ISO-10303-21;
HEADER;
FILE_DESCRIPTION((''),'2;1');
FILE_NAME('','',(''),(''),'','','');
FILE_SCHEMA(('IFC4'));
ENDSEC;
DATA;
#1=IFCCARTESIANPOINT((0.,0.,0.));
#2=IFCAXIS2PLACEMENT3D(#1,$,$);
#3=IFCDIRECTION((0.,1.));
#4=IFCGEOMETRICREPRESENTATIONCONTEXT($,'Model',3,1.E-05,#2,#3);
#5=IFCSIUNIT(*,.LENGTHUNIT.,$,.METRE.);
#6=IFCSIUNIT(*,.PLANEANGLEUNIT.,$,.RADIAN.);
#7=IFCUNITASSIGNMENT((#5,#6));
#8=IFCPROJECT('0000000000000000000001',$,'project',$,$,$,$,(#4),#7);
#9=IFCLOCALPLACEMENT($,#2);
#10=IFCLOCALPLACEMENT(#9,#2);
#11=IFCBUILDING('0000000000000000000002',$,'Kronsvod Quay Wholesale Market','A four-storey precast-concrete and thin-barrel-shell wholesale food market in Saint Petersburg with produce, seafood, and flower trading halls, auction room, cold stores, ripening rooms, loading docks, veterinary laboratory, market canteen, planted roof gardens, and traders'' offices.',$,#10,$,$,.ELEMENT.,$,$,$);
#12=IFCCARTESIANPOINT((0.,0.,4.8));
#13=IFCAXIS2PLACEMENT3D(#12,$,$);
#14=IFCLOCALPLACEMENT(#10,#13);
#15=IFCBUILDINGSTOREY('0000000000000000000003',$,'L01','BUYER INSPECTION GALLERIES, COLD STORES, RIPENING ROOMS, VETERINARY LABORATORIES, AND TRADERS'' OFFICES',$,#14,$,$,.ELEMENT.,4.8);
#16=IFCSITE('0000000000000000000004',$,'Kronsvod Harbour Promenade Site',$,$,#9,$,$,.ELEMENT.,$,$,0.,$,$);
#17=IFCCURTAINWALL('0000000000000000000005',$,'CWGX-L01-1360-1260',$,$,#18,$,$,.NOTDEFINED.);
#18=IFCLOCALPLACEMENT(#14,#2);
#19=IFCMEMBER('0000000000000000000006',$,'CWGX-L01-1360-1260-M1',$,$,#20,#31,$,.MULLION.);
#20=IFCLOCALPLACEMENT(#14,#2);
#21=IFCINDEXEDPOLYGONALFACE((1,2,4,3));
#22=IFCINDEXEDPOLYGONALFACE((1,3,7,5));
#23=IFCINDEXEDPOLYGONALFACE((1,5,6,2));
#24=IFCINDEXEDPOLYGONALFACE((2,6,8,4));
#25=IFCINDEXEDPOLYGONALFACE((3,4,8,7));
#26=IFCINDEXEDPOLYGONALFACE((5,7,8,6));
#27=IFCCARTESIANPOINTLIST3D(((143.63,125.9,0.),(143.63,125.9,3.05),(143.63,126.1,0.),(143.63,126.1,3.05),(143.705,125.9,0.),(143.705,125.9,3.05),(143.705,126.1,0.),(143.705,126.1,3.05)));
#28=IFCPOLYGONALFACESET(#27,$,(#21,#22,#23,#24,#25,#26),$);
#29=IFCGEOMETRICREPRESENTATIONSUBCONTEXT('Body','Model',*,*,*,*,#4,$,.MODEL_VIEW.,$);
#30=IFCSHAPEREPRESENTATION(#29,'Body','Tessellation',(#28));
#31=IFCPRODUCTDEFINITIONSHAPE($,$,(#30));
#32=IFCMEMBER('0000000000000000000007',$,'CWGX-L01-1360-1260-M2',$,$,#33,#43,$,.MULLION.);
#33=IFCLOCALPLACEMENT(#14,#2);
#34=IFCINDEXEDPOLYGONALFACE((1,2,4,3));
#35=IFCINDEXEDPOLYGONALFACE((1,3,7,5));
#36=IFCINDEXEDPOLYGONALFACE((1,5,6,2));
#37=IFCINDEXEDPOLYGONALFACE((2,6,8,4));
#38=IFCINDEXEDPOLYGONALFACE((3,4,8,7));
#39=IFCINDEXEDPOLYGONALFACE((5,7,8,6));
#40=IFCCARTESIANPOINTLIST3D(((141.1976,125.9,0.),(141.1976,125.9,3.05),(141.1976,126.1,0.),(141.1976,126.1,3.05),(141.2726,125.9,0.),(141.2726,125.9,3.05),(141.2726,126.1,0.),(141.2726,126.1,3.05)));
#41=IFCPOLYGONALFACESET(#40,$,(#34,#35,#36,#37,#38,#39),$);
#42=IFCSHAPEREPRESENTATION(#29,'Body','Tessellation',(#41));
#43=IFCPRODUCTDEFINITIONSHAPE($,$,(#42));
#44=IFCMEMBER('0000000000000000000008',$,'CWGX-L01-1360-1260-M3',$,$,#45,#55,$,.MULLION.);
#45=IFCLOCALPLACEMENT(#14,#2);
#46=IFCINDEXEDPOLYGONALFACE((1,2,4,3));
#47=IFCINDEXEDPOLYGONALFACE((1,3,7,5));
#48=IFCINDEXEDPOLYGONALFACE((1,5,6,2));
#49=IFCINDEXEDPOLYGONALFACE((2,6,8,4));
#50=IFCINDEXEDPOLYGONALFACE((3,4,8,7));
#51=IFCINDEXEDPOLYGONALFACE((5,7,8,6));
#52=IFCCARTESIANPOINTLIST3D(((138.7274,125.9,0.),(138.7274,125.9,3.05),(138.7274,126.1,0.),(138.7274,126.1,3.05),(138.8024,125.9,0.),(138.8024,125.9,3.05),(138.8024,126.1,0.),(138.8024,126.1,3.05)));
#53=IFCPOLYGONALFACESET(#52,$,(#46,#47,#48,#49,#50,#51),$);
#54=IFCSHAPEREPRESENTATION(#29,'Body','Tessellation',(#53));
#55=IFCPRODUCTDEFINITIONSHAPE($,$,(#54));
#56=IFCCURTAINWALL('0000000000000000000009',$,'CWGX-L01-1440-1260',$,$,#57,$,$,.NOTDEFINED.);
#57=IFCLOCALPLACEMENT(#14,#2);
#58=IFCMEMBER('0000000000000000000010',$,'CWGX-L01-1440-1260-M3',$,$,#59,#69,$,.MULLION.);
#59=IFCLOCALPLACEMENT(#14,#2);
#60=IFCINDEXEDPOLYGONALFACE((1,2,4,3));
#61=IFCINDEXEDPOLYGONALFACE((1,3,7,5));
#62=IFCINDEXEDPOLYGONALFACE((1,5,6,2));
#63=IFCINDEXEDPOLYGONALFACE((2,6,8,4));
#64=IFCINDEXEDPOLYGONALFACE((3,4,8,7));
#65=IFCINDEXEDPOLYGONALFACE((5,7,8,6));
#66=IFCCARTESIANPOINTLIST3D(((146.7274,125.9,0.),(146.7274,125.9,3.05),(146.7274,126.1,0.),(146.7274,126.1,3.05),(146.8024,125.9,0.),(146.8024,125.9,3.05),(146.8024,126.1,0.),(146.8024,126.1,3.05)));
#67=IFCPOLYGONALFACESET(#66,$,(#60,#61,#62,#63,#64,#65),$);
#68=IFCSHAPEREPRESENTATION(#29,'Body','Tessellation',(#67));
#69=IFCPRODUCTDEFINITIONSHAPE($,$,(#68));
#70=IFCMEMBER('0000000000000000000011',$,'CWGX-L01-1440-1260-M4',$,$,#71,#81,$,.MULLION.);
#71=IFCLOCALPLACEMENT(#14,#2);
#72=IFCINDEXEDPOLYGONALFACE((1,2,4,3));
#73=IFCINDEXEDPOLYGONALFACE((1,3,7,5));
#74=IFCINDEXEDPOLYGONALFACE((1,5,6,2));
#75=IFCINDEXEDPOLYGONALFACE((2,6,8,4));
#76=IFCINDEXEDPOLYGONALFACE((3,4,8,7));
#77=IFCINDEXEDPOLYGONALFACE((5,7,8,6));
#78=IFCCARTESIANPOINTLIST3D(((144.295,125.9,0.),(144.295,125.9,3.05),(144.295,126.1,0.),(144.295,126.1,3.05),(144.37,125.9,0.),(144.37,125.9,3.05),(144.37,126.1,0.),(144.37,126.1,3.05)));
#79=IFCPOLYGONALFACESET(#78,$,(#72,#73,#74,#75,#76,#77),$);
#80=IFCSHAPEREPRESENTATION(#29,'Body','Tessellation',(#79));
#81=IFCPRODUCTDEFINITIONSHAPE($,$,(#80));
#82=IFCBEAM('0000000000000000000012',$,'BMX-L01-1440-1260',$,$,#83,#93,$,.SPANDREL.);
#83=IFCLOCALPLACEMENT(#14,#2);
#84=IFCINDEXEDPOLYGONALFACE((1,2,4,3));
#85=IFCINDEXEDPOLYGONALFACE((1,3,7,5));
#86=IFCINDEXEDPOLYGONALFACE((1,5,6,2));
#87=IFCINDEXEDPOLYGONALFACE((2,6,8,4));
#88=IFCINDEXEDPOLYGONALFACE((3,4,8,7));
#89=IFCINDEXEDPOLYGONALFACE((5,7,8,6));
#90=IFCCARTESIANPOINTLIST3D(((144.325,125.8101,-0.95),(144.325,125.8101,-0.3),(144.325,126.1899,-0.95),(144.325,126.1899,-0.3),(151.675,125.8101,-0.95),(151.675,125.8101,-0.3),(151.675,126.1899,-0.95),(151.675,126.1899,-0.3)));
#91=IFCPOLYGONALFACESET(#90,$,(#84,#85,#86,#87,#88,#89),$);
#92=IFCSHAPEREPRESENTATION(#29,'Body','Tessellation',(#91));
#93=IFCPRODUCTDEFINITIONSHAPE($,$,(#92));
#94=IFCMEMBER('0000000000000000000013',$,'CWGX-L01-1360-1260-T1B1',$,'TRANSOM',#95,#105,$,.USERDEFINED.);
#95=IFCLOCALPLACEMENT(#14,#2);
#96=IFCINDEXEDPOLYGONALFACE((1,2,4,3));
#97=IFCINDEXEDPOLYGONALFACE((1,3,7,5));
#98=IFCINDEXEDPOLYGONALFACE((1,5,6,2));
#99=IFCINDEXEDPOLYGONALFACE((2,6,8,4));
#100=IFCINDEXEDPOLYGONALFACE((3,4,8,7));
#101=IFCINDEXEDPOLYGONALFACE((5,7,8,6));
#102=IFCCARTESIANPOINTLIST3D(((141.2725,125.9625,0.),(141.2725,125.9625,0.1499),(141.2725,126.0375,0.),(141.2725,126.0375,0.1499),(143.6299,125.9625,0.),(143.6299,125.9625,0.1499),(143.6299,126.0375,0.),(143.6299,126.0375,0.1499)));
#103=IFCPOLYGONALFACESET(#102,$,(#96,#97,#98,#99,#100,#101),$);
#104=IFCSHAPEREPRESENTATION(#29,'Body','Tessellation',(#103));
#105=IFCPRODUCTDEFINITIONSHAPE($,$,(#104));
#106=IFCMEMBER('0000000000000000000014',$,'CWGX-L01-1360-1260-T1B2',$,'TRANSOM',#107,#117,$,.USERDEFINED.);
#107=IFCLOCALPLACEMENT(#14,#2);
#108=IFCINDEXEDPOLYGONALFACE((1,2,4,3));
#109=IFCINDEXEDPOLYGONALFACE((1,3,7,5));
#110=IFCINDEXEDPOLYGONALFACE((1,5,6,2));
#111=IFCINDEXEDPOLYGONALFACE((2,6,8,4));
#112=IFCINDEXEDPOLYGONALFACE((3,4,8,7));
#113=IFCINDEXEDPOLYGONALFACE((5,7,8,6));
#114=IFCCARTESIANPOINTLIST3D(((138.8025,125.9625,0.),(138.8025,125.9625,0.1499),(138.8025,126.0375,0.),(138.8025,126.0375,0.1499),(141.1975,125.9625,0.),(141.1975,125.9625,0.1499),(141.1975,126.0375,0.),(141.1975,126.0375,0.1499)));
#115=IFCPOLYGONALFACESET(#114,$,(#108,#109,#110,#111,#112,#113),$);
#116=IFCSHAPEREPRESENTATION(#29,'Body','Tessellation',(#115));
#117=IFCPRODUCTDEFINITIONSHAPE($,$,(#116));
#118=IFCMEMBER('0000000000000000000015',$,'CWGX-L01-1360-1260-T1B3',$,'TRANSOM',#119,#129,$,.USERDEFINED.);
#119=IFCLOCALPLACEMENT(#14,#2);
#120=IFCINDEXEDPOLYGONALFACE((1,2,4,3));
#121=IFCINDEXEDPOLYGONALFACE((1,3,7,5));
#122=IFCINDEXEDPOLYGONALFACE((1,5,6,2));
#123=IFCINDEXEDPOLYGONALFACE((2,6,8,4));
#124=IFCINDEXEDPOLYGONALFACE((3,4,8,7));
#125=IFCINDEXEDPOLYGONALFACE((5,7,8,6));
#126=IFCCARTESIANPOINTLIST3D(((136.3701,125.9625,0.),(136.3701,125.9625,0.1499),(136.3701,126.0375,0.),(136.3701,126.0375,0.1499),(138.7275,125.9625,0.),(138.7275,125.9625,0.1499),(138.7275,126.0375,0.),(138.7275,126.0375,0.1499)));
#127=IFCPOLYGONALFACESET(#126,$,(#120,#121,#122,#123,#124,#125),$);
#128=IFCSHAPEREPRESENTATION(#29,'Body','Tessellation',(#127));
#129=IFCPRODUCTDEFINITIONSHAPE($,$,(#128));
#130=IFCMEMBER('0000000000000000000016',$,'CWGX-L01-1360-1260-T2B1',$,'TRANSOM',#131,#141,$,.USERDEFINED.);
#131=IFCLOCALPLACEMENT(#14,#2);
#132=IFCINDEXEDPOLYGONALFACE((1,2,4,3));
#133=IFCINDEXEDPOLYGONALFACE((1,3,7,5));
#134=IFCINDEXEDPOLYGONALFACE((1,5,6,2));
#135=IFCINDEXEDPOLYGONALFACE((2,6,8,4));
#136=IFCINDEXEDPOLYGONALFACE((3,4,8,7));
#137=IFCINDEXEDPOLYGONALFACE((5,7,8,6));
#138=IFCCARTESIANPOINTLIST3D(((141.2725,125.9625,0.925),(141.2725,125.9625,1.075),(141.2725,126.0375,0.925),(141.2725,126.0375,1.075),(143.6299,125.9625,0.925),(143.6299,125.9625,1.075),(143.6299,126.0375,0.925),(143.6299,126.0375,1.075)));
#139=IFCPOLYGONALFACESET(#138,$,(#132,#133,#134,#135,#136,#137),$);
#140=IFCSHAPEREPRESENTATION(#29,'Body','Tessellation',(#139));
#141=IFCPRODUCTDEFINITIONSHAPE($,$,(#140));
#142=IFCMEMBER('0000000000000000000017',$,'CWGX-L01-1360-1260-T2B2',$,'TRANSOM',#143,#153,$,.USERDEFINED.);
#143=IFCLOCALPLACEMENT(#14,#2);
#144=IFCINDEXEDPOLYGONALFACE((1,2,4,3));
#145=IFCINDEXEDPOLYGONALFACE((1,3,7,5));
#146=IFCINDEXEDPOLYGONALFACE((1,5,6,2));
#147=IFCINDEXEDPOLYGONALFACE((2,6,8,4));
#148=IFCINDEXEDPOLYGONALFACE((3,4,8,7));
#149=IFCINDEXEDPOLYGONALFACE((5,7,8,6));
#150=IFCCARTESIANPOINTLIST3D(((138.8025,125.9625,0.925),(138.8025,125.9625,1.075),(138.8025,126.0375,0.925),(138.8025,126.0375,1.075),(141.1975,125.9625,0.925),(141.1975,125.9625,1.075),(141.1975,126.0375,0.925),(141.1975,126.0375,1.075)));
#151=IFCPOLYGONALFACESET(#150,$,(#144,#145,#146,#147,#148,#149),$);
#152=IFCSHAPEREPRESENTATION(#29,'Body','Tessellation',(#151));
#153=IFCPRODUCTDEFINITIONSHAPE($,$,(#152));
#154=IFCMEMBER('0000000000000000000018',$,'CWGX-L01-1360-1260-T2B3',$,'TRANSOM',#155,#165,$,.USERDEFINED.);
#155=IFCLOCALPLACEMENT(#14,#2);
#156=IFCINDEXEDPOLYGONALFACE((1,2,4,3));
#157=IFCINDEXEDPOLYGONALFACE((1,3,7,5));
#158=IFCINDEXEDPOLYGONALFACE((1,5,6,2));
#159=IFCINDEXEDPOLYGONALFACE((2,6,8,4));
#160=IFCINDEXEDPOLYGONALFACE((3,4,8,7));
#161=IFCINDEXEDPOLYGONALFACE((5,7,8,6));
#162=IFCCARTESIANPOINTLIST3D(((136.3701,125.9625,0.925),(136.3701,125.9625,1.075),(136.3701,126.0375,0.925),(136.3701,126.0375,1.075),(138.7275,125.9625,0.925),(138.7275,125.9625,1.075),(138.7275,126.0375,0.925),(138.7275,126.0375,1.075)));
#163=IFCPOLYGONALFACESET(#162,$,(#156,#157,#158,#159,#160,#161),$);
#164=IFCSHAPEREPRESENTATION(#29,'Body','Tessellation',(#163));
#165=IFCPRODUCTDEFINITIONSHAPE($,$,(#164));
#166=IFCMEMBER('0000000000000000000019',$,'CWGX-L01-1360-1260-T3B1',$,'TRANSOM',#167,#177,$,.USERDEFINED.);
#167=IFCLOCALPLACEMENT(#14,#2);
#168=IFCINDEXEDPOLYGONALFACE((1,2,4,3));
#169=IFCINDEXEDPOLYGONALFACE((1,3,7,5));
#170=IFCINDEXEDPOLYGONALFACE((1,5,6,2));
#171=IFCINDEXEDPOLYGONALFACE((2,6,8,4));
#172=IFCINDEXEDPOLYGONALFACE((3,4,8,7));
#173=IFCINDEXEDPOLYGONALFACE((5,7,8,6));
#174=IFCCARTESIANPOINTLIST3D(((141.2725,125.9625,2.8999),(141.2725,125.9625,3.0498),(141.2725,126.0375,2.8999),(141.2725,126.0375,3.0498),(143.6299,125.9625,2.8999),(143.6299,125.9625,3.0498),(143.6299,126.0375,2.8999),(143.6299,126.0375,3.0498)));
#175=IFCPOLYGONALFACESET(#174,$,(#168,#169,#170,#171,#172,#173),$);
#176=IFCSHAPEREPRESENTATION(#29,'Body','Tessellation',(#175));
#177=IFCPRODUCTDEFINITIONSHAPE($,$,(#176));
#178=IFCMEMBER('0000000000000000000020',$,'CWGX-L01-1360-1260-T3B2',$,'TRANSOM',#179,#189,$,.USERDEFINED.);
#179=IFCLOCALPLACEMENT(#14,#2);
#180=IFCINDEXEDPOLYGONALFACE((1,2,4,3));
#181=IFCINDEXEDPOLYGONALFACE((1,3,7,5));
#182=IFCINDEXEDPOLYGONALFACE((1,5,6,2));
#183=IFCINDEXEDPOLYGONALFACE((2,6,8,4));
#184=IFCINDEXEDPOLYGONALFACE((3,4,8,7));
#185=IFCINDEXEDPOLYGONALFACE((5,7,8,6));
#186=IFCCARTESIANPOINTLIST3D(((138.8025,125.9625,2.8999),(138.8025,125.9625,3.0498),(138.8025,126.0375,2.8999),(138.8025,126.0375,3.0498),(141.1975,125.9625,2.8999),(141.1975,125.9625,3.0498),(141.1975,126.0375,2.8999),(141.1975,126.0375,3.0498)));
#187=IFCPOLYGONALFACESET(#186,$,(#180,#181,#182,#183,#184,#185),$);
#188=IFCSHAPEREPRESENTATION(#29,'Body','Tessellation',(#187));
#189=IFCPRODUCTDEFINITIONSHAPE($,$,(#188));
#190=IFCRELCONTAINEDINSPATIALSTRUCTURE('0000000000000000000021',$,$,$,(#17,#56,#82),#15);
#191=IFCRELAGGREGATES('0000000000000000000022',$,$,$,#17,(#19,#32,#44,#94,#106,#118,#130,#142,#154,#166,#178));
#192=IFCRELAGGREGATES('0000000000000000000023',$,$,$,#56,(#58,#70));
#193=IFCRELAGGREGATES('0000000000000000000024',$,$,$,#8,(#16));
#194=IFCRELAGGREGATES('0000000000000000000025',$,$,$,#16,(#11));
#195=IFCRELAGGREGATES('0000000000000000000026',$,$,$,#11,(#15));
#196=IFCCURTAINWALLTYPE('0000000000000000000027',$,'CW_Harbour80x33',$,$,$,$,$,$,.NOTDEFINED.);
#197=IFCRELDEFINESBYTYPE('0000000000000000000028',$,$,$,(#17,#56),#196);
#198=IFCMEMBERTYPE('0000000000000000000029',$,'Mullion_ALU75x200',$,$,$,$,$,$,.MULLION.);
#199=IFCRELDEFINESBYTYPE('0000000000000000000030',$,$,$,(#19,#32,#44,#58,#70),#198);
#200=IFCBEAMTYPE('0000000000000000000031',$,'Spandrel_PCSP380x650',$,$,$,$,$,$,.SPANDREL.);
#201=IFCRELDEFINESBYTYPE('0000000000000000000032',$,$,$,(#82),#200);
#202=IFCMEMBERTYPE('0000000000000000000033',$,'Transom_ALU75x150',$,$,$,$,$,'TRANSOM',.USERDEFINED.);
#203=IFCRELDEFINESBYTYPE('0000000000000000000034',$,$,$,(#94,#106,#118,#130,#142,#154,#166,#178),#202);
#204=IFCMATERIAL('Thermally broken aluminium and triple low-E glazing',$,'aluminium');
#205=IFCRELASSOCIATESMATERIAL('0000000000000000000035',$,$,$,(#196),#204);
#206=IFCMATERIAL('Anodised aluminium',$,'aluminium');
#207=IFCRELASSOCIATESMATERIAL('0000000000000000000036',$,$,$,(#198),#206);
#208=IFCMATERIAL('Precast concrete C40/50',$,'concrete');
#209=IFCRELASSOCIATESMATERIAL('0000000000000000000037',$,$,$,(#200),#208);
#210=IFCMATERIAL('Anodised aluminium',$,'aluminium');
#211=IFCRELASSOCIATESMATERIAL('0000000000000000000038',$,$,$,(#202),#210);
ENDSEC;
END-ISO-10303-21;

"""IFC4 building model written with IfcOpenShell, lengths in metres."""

from ifc_helpers import new_model, si_unit, direction, frame, origin, origin_2d, place, context, subcontext, project, spatial, rectangle, extrude, material, material_profile, profile_set, type_object, element, aggregate, save


model = new_model("IFC4")

# Units and contexts
model_context = context("Model", 3, precision=1e-05, world=origin(), true_north=direction((0.0, 1.0)))
body_context = subcontext(model_context, "Body", "Model", "MODEL_VIEW")
ifc_project = project(units=[si_unit("LENGTHUNIT", "METRE"), si_unit("PLANEANGLEUNIT", "RADIAN")], contexts=[model_context])

# Site, building, storey
site_placement = place(None, origin())
site = spatial("IfcSite", under=ifc_project, at=site_placement, Name="Kronsvod Harbour Promenade Site", CompositionType="ELEMENT", RefElevation=0.0)
building_placement = place(site_placement, origin())
building = spatial("IfcBuilding", under=site, at=building_placement, Name="Kronsvod Quay Wholesale Market", Description="A four-storey precast-concrete and thin-barrel-shell wholesale food market in Saint Petersburg with produce, seafood, and flower trading halls, auction room, cold stores, ripening rooms, loading docks, veterinary laboratory, market canteen, planted roof gardens, and traders' offices.", CompositionType="ELEMENT")
storey_placement = place(building_placement, frame((0.0, 0.0, 4.8)))
storey = spatial("IfcBuildingStorey", under=building, at=storey_placement, Name="L01", Description="BUYER INSPECTION GALLERIES, COLD STORES, RIPENING ROOMS, VETERINARY LABORATORIES, AND TRADERS' OFFICES", CompositionType="ELEMENT", Elevation=4.8)

# Curtain walls, members
ifc_material_1 = material(Name="Thermally broken aluminium and triple low-E glazing", Category="aluminium")
curtain_wall_type = type_object("IfcCurtainWallType", Name="CW_Harbour80x33", PredefinedType="NOTDEFINED", material=ifc_material_1)
curtain_wall_1_placement = place(storey_placement, origin())
curtain_wall_1 = element("IfcCurtainWall", 1, at=curtain_wall_1_placement, inside=storey, type_object=curtain_wall_type, Name="CWGX-L01-1360-1260", PredefinedType="NOTDEFINED")
ifc_material_2 = material(Name="Anodised aluminium", Category="aluminium")
ifc_material_profile_1 = material_profile(ifc_material_2, rectangle(XDim=0.075, YDim=0.2, at=origin_2d()), Name="ALUM75x200")
ifc_profile_set_1 = profile_set([ifc_material_profile_1], Name="Anodised aluminium")
member_type_1 = type_object("IfcMemberType", Name="Mullion_ALU75x200", PredefinedType="MULLION", material=ifc_profile_set_1)
member_1_placement = place(storey_placement, frame((143.6675, 126.0, 0.0), z_axis=(0.0, 0.0, 1.0), x_axis=(1.0, 0.0, 0.0)))
member_1 = element("IfcMember", 2, at=member_1_placement, type_object=member_type_1, Name="CWGX-L01-1360-1260-M1", PredefinedType="MULLION", context=body_context, shape_type="SweptSolid", body=[
    extrude(rectangle(XDim=0.075, YDim=0.2, at=origin_2d()), origin(), (0.0, 0.0, 1.0), 3.05),
])
member_2_placement = place(storey_placement, frame((141.2351, 126.0, 0.0), z_axis=(0.0, 0.0, 1.0), x_axis=(1.0, 0.0, 0.0)))
member_2 = element("IfcMember", 3, at=member_2_placement, type_object=member_type_1, Name="CWGX-L01-1360-1260-M2", PredefinedType="MULLION", context=body_context, shape_type="SweptSolid", body=[
    extrude(rectangle(XDim=0.075, YDim=0.2, at=origin_2d()), origin(), (0.0, 0.0, 1.0), 3.05),
])
member_3_placement = place(storey_placement, frame((138.7649, 126.0, 0.0), z_axis=(0.0, 0.0, 1.0), x_axis=(1.0, 0.0, 0.0)))
member_3 = element("IfcMember", 4, at=member_3_placement, type_object=member_type_1, Name="CWGX-L01-1360-1260-M3", PredefinedType="MULLION", context=body_context, shape_type="SweptSolid", body=[
    extrude(rectangle(XDim=0.075, YDim=0.2, at=origin_2d()), origin(), (0.0, 0.0, 1.0), 3.05),
])
curtain_wall_2_placement = place(storey_placement, origin())
curtain_wall_2 = element("IfcCurtainWall", 5, at=curtain_wall_2_placement, inside=storey, type_object=curtain_wall_type, Name="CWGX-L01-1440-1260", PredefinedType="NOTDEFINED")
member_4_placement = place(storey_placement, frame((146.7649, 126.0, 0.0), z_axis=(0.0, 0.0, 1.0), x_axis=(1.0, 0.0, 0.0)))
member_4 = element("IfcMember", 6, at=member_4_placement, type_object=member_type_1, Name="CWGX-L01-1440-1260-M3", PredefinedType="MULLION", context=body_context, shape_type="SweptSolid", body=[
    extrude(rectangle(XDim=0.075, YDim=0.2, at=origin_2d()), origin(), (0.0, 0.0, 1.0), 3.05),
])
member_5_placement = place(storey_placement, frame((144.3325, 126.0, 0.0), z_axis=(0.0, 0.0, 1.0), x_axis=(1.0, 0.0, 0.0)))
member_5 = element("IfcMember", 7, at=member_5_placement, type_object=member_type_1, Name="CWGX-L01-1440-1260-M4", PredefinedType="MULLION", context=body_context, shape_type="SweptSolid", body=[
    extrude(rectangle(XDim=0.075, YDim=0.2, at=origin_2d()), origin(), (0.0, 0.0, 1.0), 3.05),
])

# Beam
ifc_material_3 = material(Name="Precast concrete C40/50", Category="concrete")
ifc_material_profile_2 = material_profile(ifc_material_3, rectangle(XDim=0.3799, YDim=0.6499, at=origin_2d()), Name="SPB-03")
ifc_profile_set_2 = profile_set([ifc_material_profile_2], Name="Precast concrete C40/50")
beam_type_1 = type_object("IfcBeamType", Name="Spandrel_PCSP380x650", PredefinedType="SPANDREL", material=ifc_profile_set_2)
beam_1_placement = place(storey_placement, frame((144.325, 126.0, -0.625), z_axis=(1.0, 0.0, 0.0), x_axis=(0.0, 1.0, 0.0)))
element("IfcBeam", 8, at=beam_1_placement, inside=storey, type_object=beam_type_1, Name="BMX-L01-1440-1260", PredefinedType="SPANDREL", context=body_context, shape_type="SweptSolid", body=[
    extrude(rectangle(XDim=0.3799, YDim=0.6499, at=origin_2d()), origin(), (0.0, 0.0, 1.0), 7.3501),
])

# Members
ifc_material_4 = material(Name="Anodised aluminium", Category="aluminium")
ifc_material_profile_3 = material_profile(ifc_material_4, rectangle(XDim=0.075, YDim=0.1499, at=origin_2d()), Name="ALUT75x150")
ifc_profile_set_3 = profile_set([ifc_material_profile_3], Name="Anodised aluminium")
member_type_2 = type_object("IfcMemberType", Name="Transom_ALU75x150", ElementType="TRANSOM", PredefinedType="USERDEFINED", material=ifc_profile_set_3)
member_6_placement = place(storey_placement, frame((143.6299, 126.0, 0.075), z_axis=(-1.0, 0.0, 0.0), x_axis=(0.0, -1.0, 0.0)))
member_6 = element("IfcMember", 9, at=member_6_placement, type_object=member_type_2, Name="CWGX-L01-1360-1260-T1B1", ObjectType="TRANSOM", PredefinedType="USERDEFINED", context=body_context, shape_type="SweptSolid", body=[
    extrude(rectangle(XDim=0.075, YDim=0.1499, at=origin_2d()), origin(), (0.0, 0.0, 1.0), 2.3574),
])
member_7_placement = place(storey_placement, frame((141.1975, 126.0, 0.075), z_axis=(-1.0, 0.0, 0.0), x_axis=(0.0, -1.0, 0.0)))
member_7 = element("IfcMember", 10, at=member_7_placement, type_object=member_type_2, Name="CWGX-L01-1360-1260-T1B2", ObjectType="TRANSOM", PredefinedType="USERDEFINED", context=body_context, shape_type="SweptSolid", body=[
    extrude(rectangle(XDim=0.075, YDim=0.1499, at=origin_2d()), origin(), (0.0, 0.0, 1.0), 2.395),
])
member_8_placement = place(storey_placement, frame((138.7275, 126.0, 0.075), z_axis=(-1.0, 0.0, 0.0), x_axis=(0.0, -1.0, 0.0)))
member_8 = element("IfcMember", 11, at=member_8_placement, type_object=member_type_2, Name="CWGX-L01-1360-1260-T1B3", ObjectType="TRANSOM", PredefinedType="USERDEFINED", context=body_context, shape_type="SweptSolid", body=[
    extrude(rectangle(XDim=0.075, YDim=0.1499, at=origin_2d()), origin(), (0.0, 0.0, 1.0), 2.3574),
])
member_9_placement = place(storey_placement, frame((143.6299, 126.0, 1.0), z_axis=(-1.0, 0.0, 0.0), x_axis=(0.0, -1.0, 0.0)))
member_9 = element("IfcMember", 12, at=member_9_placement, type_object=member_type_2, Name="CWGX-L01-1360-1260-T2B1", ObjectType="TRANSOM", PredefinedType="USERDEFINED", context=body_context, shape_type="SweptSolid", body=[
    extrude(rectangle(XDim=0.075, YDim=0.1499, at=origin_2d()), origin(), (0.0, 0.0, 1.0), 2.3574),
])
member_10_placement = place(storey_placement, frame((141.1975, 126.0, 1.0), z_axis=(-1.0, 0.0, 0.0), x_axis=(0.0, -1.0, 0.0)))
member_10 = element("IfcMember", 13, at=member_10_placement, type_object=member_type_2, Name="CWGX-L01-1360-1260-T2B2", ObjectType="TRANSOM", PredefinedType="USERDEFINED", context=body_context, shape_type="SweptSolid", body=[
    extrude(rectangle(XDim=0.075, YDim=0.1499, at=origin_2d()), origin(), (0.0, 0.0, 1.0), 2.395),
])
member_11_placement = place(storey_placement, frame((138.7275, 126.0, 1.0), z_axis=(-1.0, 0.0, 0.0), x_axis=(0.0, -1.0, 0.0)))
member_11 = element("IfcMember", 14, at=member_11_placement, type_object=member_type_2, Name="CWGX-L01-1360-1260-T2B3", ObjectType="TRANSOM", PredefinedType="USERDEFINED", context=body_context, shape_type="SweptSolid", body=[
    extrude(rectangle(XDim=0.075, YDim=0.1499, at=origin_2d()), origin(), (0.0, 0.0, 1.0), 2.3574),
])
member_12_placement = place(storey_placement, frame((143.6299, 126.0, 2.9749), z_axis=(-1.0, 0.0, 0.0), x_axis=(0.0, -1.0, 0.0)))
member_12 = element("IfcMember", 15, at=member_12_placement, type_object=member_type_2, Name="CWGX-L01-1360-1260-T3B1", ObjectType="TRANSOM", PredefinedType="USERDEFINED", context=body_context, shape_type="SweptSolid", body=[
    extrude(rectangle(XDim=0.075, YDim=0.1499, at=origin_2d()), origin(), (0.0, 0.0, 1.0), 2.3574),
])
member_13_placement = place(storey_placement, frame((141.1975, 126.0, 2.9749), z_axis=(-1.0, 0.0, 0.0), x_axis=(0.0, -1.0, 0.0)))
member_13 = element("IfcMember", 16, at=member_13_placement, type_object=member_type_2, Name="CWGX-L01-1360-1260-T3B2", ObjectType="TRANSOM", PredefinedType="USERDEFINED", context=body_context, shape_type="SweptSolid", body=[
    extrude(rectangle(XDim=0.075, YDim=0.1499, at=origin_2d()), origin(), (0.0, 0.0, 1.0), 2.395),
])

aggregate(curtain_wall_1, [member_1, member_2, member_3, member_6, member_7, member_8, member_9, member_10, member_11, member_12, member_13])
aggregate(curtain_wall_2, [member_4, member_5])

save(model, "model.ifc")
